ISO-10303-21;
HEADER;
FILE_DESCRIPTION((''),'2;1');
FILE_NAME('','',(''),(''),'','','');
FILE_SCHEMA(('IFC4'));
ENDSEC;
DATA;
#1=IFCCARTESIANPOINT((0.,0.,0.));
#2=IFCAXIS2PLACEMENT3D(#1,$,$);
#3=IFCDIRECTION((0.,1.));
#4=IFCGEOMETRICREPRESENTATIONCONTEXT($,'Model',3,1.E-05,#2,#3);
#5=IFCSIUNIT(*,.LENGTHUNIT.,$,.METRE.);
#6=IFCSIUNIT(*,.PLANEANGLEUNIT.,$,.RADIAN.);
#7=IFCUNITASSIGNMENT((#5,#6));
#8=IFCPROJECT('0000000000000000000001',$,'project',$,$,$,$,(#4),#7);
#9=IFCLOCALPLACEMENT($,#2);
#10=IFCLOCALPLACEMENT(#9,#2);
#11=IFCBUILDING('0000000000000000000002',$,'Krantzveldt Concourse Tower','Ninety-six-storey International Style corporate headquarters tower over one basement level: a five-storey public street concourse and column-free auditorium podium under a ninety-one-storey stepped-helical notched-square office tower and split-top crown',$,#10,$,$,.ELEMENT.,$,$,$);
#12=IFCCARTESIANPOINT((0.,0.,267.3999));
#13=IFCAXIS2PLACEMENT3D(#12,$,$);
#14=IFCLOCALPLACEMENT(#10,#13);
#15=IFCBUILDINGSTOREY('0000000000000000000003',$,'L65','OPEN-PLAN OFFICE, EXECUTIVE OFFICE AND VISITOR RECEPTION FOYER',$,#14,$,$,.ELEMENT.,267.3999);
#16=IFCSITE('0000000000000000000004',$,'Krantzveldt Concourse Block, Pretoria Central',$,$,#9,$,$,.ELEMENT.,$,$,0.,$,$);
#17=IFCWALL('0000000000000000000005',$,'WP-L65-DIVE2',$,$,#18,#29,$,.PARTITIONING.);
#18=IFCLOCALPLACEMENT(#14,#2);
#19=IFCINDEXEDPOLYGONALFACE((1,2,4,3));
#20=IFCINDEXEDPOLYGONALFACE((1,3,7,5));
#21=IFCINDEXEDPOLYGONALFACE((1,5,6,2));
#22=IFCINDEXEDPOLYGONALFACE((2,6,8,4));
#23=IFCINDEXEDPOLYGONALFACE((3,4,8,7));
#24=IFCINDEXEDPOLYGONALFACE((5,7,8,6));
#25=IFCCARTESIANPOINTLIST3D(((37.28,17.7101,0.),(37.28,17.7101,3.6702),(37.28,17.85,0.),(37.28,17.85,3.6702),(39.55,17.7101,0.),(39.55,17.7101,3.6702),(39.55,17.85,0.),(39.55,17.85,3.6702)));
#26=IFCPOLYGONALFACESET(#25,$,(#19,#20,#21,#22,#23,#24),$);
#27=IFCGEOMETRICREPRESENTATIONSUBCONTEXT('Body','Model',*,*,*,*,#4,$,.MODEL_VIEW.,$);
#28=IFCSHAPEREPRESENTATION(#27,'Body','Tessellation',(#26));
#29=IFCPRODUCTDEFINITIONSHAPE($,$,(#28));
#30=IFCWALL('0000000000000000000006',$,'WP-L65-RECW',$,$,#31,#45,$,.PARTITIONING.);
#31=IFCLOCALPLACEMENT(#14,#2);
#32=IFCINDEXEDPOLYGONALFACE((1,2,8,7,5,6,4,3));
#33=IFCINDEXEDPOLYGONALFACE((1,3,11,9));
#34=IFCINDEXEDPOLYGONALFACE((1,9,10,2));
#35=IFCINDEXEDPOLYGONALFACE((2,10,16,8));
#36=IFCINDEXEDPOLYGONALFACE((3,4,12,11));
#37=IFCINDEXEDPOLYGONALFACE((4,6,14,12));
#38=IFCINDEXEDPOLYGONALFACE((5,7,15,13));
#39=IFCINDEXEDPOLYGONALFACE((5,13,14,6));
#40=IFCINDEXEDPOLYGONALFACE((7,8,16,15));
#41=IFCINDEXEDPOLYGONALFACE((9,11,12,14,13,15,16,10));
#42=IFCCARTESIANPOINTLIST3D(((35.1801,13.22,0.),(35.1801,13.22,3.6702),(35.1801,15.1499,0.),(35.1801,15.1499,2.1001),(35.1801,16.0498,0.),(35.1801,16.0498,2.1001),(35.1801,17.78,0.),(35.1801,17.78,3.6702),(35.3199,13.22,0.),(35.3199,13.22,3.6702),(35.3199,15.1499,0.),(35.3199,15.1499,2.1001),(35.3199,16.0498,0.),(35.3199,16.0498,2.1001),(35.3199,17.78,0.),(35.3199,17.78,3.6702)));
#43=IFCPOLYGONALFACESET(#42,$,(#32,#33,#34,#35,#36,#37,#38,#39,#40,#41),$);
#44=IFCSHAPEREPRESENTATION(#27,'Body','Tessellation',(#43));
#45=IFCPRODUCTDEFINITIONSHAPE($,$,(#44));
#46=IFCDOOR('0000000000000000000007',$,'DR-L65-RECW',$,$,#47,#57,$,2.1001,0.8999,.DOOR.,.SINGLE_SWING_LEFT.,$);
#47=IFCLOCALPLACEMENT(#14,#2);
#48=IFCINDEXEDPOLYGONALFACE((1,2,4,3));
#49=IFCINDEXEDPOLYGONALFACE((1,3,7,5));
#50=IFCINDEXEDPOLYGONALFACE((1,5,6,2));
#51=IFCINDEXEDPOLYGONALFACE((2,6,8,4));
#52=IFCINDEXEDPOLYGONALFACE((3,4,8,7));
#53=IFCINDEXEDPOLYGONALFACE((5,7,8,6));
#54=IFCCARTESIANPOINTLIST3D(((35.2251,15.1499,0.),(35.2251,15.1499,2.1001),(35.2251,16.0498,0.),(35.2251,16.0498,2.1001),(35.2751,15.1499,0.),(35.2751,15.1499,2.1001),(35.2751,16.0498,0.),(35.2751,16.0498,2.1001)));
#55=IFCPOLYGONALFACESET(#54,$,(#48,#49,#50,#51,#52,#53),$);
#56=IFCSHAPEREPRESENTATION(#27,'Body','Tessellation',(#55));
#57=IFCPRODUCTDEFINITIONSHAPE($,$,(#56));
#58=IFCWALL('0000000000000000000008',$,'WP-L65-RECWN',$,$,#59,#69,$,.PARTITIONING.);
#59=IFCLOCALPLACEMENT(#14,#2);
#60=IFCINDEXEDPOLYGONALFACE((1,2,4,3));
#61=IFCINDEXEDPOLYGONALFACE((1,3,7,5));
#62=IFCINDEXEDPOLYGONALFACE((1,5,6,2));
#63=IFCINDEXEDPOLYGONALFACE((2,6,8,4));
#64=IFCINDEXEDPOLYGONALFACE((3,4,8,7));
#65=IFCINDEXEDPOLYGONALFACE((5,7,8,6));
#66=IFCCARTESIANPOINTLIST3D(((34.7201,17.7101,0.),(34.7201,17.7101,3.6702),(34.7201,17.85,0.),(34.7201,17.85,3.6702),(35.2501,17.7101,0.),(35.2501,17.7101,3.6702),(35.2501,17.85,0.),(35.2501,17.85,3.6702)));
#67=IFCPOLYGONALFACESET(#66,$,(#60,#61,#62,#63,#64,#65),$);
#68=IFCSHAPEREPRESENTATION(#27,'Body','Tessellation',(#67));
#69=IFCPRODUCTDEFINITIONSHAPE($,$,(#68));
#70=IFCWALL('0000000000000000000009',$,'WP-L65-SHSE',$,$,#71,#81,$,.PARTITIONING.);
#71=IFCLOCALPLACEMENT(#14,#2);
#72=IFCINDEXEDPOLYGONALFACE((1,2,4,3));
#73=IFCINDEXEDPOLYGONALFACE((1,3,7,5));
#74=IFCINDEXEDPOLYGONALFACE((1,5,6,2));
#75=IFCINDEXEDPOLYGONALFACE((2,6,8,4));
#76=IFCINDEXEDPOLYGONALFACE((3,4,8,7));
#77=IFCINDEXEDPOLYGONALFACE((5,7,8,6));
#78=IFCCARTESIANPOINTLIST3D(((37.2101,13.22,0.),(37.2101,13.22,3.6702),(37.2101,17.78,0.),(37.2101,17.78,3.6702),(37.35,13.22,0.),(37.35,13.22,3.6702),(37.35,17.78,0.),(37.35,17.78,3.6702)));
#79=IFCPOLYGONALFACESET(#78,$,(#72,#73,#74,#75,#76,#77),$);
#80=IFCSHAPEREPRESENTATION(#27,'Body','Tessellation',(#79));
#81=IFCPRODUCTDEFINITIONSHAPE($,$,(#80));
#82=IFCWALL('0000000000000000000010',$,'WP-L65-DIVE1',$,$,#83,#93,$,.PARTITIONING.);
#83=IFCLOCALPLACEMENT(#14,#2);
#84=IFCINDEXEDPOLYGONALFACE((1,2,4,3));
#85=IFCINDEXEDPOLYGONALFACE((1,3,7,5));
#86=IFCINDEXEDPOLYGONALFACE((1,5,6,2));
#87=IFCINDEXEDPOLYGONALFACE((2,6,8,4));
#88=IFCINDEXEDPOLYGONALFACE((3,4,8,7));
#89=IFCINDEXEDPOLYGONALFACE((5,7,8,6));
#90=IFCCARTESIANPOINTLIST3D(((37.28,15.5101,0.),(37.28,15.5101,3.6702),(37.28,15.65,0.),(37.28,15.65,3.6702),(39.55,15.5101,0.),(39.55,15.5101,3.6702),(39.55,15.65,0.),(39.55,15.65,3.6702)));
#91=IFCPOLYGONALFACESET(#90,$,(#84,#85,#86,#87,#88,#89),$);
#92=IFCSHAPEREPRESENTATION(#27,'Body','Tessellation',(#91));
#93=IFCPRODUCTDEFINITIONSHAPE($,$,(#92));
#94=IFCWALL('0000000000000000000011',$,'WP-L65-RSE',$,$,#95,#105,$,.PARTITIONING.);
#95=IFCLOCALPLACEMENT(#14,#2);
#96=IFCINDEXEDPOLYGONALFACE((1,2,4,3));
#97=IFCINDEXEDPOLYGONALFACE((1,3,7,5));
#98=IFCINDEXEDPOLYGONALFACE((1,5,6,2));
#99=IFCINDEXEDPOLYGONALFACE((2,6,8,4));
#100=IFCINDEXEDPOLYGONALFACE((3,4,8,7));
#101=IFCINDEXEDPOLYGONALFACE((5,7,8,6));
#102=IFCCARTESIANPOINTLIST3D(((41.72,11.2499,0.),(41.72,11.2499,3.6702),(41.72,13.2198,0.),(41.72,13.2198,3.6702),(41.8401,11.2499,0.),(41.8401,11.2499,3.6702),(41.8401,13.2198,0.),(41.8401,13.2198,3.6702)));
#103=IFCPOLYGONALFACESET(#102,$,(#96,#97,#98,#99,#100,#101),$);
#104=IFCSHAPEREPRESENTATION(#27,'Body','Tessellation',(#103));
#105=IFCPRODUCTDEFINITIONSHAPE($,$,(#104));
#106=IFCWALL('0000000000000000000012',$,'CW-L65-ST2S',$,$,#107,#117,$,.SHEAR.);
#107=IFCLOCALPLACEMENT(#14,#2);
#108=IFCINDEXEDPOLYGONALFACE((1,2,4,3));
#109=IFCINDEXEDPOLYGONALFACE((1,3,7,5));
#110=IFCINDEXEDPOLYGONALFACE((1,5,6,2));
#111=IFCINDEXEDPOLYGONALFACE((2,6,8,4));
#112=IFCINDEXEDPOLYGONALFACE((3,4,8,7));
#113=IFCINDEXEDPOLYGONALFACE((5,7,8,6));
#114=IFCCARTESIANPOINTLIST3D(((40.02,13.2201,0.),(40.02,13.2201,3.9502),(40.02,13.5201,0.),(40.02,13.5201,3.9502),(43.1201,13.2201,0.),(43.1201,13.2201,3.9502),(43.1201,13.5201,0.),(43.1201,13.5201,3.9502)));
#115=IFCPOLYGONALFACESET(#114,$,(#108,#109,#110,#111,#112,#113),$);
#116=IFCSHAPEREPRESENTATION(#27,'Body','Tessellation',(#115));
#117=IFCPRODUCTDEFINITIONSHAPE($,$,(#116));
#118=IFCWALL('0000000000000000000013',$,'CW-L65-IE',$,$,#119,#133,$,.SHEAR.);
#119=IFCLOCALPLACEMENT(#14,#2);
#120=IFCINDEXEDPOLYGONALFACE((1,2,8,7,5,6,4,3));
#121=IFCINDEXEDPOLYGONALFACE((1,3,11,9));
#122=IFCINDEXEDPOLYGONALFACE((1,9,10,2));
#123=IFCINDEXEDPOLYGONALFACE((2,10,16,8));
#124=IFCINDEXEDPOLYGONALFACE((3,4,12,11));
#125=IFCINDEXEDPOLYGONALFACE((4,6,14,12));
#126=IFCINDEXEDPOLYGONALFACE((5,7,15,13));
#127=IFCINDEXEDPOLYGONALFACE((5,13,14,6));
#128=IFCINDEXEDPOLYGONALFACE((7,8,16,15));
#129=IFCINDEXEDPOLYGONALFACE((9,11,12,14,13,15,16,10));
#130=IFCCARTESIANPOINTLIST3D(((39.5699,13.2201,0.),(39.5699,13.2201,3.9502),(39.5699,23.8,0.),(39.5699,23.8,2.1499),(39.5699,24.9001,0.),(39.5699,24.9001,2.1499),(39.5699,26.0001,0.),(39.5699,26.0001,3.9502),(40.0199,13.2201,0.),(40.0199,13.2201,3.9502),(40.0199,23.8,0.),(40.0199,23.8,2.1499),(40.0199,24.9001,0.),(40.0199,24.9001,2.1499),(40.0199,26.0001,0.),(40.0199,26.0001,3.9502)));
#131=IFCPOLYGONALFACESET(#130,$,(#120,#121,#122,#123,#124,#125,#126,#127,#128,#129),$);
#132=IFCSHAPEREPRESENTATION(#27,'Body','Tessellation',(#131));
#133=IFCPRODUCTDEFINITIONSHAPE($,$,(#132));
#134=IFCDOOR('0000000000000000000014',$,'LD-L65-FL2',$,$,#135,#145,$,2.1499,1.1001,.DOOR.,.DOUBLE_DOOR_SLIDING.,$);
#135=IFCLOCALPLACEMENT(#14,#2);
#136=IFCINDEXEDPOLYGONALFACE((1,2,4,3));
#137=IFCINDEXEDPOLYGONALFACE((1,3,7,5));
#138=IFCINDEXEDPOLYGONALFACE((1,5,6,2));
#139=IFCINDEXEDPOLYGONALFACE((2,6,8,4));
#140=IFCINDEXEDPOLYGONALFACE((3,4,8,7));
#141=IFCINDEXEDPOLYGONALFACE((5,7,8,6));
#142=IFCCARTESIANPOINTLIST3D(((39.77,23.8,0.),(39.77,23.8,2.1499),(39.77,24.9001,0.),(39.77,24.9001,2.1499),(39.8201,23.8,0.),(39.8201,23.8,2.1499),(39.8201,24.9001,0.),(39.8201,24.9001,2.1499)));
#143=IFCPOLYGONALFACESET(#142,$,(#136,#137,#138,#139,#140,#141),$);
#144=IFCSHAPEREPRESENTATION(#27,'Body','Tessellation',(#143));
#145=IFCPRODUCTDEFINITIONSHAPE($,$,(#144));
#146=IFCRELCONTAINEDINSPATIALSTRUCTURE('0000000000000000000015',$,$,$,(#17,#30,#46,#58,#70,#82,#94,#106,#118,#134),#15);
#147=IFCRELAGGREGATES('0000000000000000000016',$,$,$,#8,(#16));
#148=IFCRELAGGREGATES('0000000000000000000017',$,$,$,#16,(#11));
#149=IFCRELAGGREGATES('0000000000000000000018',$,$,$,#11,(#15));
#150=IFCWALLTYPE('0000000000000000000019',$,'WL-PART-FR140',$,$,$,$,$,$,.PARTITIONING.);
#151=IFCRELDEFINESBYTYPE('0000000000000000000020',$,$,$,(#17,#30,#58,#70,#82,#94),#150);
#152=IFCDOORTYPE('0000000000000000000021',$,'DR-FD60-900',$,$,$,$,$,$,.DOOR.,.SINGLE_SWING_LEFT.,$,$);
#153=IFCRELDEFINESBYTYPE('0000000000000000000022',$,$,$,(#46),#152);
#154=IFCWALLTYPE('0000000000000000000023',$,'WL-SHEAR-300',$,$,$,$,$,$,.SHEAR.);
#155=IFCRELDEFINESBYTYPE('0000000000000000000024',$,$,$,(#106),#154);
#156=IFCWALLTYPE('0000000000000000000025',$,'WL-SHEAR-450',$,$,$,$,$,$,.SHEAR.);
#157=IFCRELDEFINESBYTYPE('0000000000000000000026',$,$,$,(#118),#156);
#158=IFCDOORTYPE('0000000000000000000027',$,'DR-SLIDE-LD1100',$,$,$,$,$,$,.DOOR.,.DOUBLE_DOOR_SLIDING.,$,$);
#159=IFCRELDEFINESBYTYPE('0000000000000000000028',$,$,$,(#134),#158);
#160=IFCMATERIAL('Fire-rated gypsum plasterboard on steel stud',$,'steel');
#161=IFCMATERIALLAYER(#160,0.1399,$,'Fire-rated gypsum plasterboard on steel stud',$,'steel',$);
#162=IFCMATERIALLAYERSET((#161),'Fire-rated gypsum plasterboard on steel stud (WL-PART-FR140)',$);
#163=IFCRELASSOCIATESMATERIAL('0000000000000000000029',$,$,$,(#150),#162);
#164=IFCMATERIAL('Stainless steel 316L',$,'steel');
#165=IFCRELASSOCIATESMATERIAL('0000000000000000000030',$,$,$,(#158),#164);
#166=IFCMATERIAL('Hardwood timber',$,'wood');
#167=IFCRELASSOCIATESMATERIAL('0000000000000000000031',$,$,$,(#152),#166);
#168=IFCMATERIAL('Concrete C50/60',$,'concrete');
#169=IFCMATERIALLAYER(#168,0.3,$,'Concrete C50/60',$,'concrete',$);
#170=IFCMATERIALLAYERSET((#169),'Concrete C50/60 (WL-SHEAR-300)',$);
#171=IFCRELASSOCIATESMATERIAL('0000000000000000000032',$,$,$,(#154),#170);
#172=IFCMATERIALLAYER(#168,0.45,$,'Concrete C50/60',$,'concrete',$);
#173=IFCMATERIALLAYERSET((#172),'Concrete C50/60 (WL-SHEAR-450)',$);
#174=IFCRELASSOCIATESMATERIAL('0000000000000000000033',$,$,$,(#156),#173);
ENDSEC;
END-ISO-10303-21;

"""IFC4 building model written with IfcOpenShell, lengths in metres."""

from ifc_helpers import new_model, si_unit, direction, frame, frame_2d, origin, place, context, subcontext, project, spatial, rectangle, extrude, material, layer, layer_set, type_object, element, fill, save


model = new_model("IFC4")

# Units and contexts
model_context = context("Model", 3, precision=1e-05, world=origin(), true_north=direction((0.0, 1.0)))
body_context = subcontext(model_context, "Body", "Model", "MODEL_VIEW")
ifc_project = project(units=[si_unit("LENGTHUNIT", "METRE"), si_unit("PLANEANGLEUNIT", "RADIAN")], contexts=[model_context])

# Site, building, storey
site_placement = place(None, origin())
site = spatial("IfcSite", under=ifc_project, at=site_placement, Name="Krantzveldt Concourse Block, Pretoria Central", CompositionType="ELEMENT", RefElevation=0.0)
building_placement = place(site_placement, origin())
building = spatial("IfcBuilding", under=site, at=building_placement, Name="Krantzveldt Concourse Tower", Description="Ninety-six-storey International Style corporate headquarters tower over one basement level: a five-storey public street concourse and column-free auditorium podium under a ninety-one-storey stepped-helical notched-square office tower and split-top crown", CompositionType="ELEMENT")
storey_placement = place(building_placement, frame((0.0, 0.0, 267.3999)))
storey = spatial("IfcBuildingStorey", under=building, at=storey_placement, Name="L65", Description="OPEN-PLAN OFFICE, EXECUTIVE OFFICE AND VISITOR RECEPTION FOYER", CompositionType="ELEMENT", Elevation=267.3999)

# Shared definitions
ifc_material_1 = material(Name="Fire-rated gypsum plasterboard on steel stud", Category="steel")
ifc_material_2 = material(Name="Hardwood timber", Category="wood")
ifc_layer_1 = layer(ifc_material_1, 0.1399, Name="Fire-rated gypsum plasterboard on steel stud", Category="steel")
ifc_layer_set_1 = layer_set([ifc_layer_1], Name="Fire-rated gypsum plasterboard on steel stud (WL-PART-FR140)")
wall_type_1 = type_object("IfcWallType", Name="WL-PART-FR140", PredefinedType="PARTITIONING", material=ifc_layer_set_1)
ifc_material_3 = material(Name="Stainless steel 316L", Category="steel")
door_type_1 = type_object("IfcDoorType", Name="DR-SLIDE-LD1100", OperationType="DOUBLE_DOOR_SLIDING", PredefinedType="DOOR", material=ifc_material_3)

# Wall
for number, where, z_axis, x_axis, name in (
    (1, (37.28, 17.78, 0.0), (0.0, 0.0, 1.0), (1.0, 0.0, 0.0), "WP-L65-DIVE2"),
):
    element("IfcWall", number, at=place(storey_placement, frame(where, z_axis=z_axis, x_axis=x_axis)), inside=storey, type_object=wall_type_1, Name=name, PredefinedType="PARTITIONING", context=body_context, shape_type="SweptSolid", body=[
        extrude(rectangle(XDim=2.27, YDim=0.1399, at=frame_2d((1.135, 0.0))), origin(), (0.0, 0.0, 1.0), 3.6702),
    ])

# Wall, opening, door
wall_1_placement = place(storey_placement, frame((35.25, 13.22, 0.0), z_axis=(0.0, 0.0, 1.0), x_axis=(0.0, 1.0, 0.0)))
wall_1 = element("IfcWall", 2, at=wall_1_placement, inside=storey, type_object=wall_type_1, Name="WP-L65-RECW", PredefinedType="PARTITIONING", context=body_context, shape_type="SweptSolid", body=[
    extrude(rectangle(XDim=4.5601, YDim=0.1399, at=frame_2d((2.28, 0.0))), origin(), (0.0, 0.0, 1.0), 3.6702),
])
opening_1_placement = place(wall_1_placement, frame((1.9299, 0.0, 0.0)))
opening_1 = element("IfcOpeningElement", 3, at=opening_1_placement, cuts=wall_1, PredefinedType="OPENING", context=body_context, shape_type="SweptSolid", body=[
    extrude(rectangle(XDim=0.8999, YDim=2.1001, at=frame_2d((0.45, 1.05))), frame((0.0, 0.0801, 0.0), z_axis=(0.0, -1.0, 0.0), x_axis=(1.0, 0.0, 0.0)), (0.0, 0.0, 1.0), 0.1599),
])
door_type_2 = type_object("IfcDoorType", Name="DR-FD60-900", OperationType="SINGLE_SWING_LEFT", PredefinedType="DOOR", material=ifc_material_2)
door_1_placement = place(opening_1_placement, origin())
door_1 = element("IfcDoor", 4, at=door_1_placement, inside=storey, type_object=door_type_2, Name="DR-L65-RECW", OperationType="SINGLE_SWING_LEFT", OverallHeight=2.1001, OverallWidth=0.8999, PredefinedType="DOOR", context=body_context, shape_type="SweptSolid", body=[
    extrude(rectangle(XDim=0.8999, YDim=2.1001, at=frame_2d((0.45, 1.05))), frame((0.0, 0.0249, 0.0), z_axis=(0.0, -1.0, 0.0), x_axis=(1.0, 0.0, 0.0)), (0.0, 0.0, 1.0), 0.05),
])
fill(opening_1, door_1)

# Walls
wall_2_placement = place(storey_placement, frame((34.72, 17.78, 0.0), z_axis=(0.0, 0.0, 1.0), x_axis=(1.0, 0.0, 0.0)))
element("IfcWall", 5, at=wall_2_placement, inside=storey, type_object=wall_type_1, Name="WP-L65-RECWN", PredefinedType="PARTITIONING", context=body_context, shape_type="SweptSolid", body=[
    extrude(rectangle(XDim=0.53, YDim=0.1399, at=frame_2d((0.2651, 0.0))), origin(), (0.0, 0.0, 1.0), 3.6702),
])
wall_3_placement = place(storey_placement, frame((37.28, 13.22, 0.0), z_axis=(0.0, 0.0, 1.0), x_axis=(0.0, 1.0, 0.0)))
element("IfcWall", 6, at=wall_3_placement, inside=storey, type_object=wall_type_1, Name="WP-L65-SHSE", PredefinedType="PARTITIONING", context=body_context, shape_type="SweptSolid", body=[
    extrude(rectangle(XDim=4.5601, YDim=0.1399, at=frame_2d((2.28, 0.0))), origin(), (0.0, 0.0, 1.0), 3.6702),
])
wall_4_placement = place(storey_placement, frame((37.28, 15.5801, 0.0), z_axis=(0.0, 0.0, 1.0), x_axis=(1.0, 0.0, 0.0)))
element("IfcWall", 7, at=wall_4_placement, inside=storey, type_object=wall_type_1, Name="WP-L65-DIVE1", PredefinedType="PARTITIONING", context=body_context, shape_type="SweptSolid", body=[
    extrude(rectangle(XDim=2.27, YDim=0.1399, at=frame_2d((1.135, 0.0))), origin(), (0.0, 0.0, 1.0), 3.6702),
])
wall_5_placement = place(storey_placement, frame((41.78, 11.25, 0.0), z_axis=(0.0, 0.0, 1.0), x_axis=(0.0, 1.0, 0.0)))
element("IfcWall", 8, at=wall_5_placement, inside=storey, type_object=wall_type_1, Name="WP-L65-RSE", PredefinedType="PARTITIONING", context=body_context, shape_type="SweptSolid", body=[
    extrude(rectangle(XDim=1.97, YDim=0.1201, at=frame_2d((0.9849, 0.0))), origin(), (0.0, 0.0, 1.0), 3.6702),
])
ifc_material_4 = material(Name="Concrete C50/60", Category="concrete")
ifc_layer_2 = layer(ifc_material_4, 0.3, Name="Concrete C50/60", Category="concrete")
ifc_layer_set_2 = layer_set([ifc_layer_2], Name="Concrete C50/60 (WL-SHEAR-300)")
wall_type_2 = type_object("IfcWallType", Name="WL-SHEAR-300", PredefinedType="SHEAR", material=ifc_layer_set_2)
wall_6_placement = place(storey_placement, frame((40.02, 13.3701, 0.0), z_axis=(0.0, 0.0, 1.0), x_axis=(1.0, 0.0, 0.0)))
element("IfcWall", 9, at=wall_6_placement, inside=storey, type_object=wall_type_2, Name="CW-L65-ST2S", PredefinedType="SHEAR", context=body_context, shape_type="SweptSolid", body=[
    extrude(rectangle(XDim=3.1001, YDim=0.3, at=frame_2d((1.55, 0.0))), origin(), (0.0, 0.0, 1.0), 3.9502),
])

# Wall, opening, door
ifc_layer_3 = layer(ifc_material_4, 0.45, Name="Concrete C50/60", Category="concrete")
ifc_layer_set_3 = layer_set([ifc_layer_3], Name="Concrete C50/60 (WL-SHEAR-450)")
wall_type_3 = type_object("IfcWallType", Name="WL-SHEAR-450", PredefinedType="SHEAR", material=ifc_layer_set_3)
wall_7_placement = place(storey_placement, frame((39.7949, 13.22, 0.0), z_axis=(0.0, 0.0, 1.0), x_axis=(0.0, 1.0, 0.0)))
wall_7 = element("IfcWall", 10, at=wall_7_placement, inside=storey, type_object=wall_type_3, Name="CW-L65-IE", PredefinedType="SHEAR", context=body_context, shape_type="SweptSolid", body=[
    extrude(rectangle(XDim=12.78, YDim=0.45, at=frame_2d((6.3901, 0.0))), origin(), (0.0, 0.0, 1.0), 3.9502),
])
opening_2_placement = place(wall_7_placement, frame((10.5801, 0.0, 0.0)))
opening_2 = element("IfcOpeningElement", 11, at=opening_2_placement, cuts=wall_7, PredefinedType="OPENING", context=body_context, shape_type="SweptSolid", body=[
    extrude(rectangle(XDim=1.1001, YDim=2.1499, at=frame_2d((0.55, 1.075))), frame((0.0, 0.2349, 0.0), z_axis=(0.0, -1.0, 0.0), x_axis=(1.0, 0.0, 0.0)), (0.0, 0.0, 1.0), 0.47),
])
door_2_placement = place(opening_2_placement, origin())
door_2 = element("IfcDoor", 12, at=door_2_placement, inside=storey, type_object=door_type_1, Name="LD-L65-FL2", OperationType="DOUBLE_DOOR_SLIDING", OverallHeight=2.1499, OverallWidth=1.1001, PredefinedType="DOOR", context=body_context, shape_type="SweptSolid", body=[
    extrude(rectangle(XDim=1.1001, YDim=2.1499, at=frame_2d((0.55, 1.075))), frame((0.0, 0.0249, 0.0), z_axis=(0.0, -1.0, 0.0), x_axis=(1.0, 0.0, 0.0)), (0.0, 0.0, 1.0), 0.05),
])
fill(opening_2, door_2)

save(model, "model.ifc")
